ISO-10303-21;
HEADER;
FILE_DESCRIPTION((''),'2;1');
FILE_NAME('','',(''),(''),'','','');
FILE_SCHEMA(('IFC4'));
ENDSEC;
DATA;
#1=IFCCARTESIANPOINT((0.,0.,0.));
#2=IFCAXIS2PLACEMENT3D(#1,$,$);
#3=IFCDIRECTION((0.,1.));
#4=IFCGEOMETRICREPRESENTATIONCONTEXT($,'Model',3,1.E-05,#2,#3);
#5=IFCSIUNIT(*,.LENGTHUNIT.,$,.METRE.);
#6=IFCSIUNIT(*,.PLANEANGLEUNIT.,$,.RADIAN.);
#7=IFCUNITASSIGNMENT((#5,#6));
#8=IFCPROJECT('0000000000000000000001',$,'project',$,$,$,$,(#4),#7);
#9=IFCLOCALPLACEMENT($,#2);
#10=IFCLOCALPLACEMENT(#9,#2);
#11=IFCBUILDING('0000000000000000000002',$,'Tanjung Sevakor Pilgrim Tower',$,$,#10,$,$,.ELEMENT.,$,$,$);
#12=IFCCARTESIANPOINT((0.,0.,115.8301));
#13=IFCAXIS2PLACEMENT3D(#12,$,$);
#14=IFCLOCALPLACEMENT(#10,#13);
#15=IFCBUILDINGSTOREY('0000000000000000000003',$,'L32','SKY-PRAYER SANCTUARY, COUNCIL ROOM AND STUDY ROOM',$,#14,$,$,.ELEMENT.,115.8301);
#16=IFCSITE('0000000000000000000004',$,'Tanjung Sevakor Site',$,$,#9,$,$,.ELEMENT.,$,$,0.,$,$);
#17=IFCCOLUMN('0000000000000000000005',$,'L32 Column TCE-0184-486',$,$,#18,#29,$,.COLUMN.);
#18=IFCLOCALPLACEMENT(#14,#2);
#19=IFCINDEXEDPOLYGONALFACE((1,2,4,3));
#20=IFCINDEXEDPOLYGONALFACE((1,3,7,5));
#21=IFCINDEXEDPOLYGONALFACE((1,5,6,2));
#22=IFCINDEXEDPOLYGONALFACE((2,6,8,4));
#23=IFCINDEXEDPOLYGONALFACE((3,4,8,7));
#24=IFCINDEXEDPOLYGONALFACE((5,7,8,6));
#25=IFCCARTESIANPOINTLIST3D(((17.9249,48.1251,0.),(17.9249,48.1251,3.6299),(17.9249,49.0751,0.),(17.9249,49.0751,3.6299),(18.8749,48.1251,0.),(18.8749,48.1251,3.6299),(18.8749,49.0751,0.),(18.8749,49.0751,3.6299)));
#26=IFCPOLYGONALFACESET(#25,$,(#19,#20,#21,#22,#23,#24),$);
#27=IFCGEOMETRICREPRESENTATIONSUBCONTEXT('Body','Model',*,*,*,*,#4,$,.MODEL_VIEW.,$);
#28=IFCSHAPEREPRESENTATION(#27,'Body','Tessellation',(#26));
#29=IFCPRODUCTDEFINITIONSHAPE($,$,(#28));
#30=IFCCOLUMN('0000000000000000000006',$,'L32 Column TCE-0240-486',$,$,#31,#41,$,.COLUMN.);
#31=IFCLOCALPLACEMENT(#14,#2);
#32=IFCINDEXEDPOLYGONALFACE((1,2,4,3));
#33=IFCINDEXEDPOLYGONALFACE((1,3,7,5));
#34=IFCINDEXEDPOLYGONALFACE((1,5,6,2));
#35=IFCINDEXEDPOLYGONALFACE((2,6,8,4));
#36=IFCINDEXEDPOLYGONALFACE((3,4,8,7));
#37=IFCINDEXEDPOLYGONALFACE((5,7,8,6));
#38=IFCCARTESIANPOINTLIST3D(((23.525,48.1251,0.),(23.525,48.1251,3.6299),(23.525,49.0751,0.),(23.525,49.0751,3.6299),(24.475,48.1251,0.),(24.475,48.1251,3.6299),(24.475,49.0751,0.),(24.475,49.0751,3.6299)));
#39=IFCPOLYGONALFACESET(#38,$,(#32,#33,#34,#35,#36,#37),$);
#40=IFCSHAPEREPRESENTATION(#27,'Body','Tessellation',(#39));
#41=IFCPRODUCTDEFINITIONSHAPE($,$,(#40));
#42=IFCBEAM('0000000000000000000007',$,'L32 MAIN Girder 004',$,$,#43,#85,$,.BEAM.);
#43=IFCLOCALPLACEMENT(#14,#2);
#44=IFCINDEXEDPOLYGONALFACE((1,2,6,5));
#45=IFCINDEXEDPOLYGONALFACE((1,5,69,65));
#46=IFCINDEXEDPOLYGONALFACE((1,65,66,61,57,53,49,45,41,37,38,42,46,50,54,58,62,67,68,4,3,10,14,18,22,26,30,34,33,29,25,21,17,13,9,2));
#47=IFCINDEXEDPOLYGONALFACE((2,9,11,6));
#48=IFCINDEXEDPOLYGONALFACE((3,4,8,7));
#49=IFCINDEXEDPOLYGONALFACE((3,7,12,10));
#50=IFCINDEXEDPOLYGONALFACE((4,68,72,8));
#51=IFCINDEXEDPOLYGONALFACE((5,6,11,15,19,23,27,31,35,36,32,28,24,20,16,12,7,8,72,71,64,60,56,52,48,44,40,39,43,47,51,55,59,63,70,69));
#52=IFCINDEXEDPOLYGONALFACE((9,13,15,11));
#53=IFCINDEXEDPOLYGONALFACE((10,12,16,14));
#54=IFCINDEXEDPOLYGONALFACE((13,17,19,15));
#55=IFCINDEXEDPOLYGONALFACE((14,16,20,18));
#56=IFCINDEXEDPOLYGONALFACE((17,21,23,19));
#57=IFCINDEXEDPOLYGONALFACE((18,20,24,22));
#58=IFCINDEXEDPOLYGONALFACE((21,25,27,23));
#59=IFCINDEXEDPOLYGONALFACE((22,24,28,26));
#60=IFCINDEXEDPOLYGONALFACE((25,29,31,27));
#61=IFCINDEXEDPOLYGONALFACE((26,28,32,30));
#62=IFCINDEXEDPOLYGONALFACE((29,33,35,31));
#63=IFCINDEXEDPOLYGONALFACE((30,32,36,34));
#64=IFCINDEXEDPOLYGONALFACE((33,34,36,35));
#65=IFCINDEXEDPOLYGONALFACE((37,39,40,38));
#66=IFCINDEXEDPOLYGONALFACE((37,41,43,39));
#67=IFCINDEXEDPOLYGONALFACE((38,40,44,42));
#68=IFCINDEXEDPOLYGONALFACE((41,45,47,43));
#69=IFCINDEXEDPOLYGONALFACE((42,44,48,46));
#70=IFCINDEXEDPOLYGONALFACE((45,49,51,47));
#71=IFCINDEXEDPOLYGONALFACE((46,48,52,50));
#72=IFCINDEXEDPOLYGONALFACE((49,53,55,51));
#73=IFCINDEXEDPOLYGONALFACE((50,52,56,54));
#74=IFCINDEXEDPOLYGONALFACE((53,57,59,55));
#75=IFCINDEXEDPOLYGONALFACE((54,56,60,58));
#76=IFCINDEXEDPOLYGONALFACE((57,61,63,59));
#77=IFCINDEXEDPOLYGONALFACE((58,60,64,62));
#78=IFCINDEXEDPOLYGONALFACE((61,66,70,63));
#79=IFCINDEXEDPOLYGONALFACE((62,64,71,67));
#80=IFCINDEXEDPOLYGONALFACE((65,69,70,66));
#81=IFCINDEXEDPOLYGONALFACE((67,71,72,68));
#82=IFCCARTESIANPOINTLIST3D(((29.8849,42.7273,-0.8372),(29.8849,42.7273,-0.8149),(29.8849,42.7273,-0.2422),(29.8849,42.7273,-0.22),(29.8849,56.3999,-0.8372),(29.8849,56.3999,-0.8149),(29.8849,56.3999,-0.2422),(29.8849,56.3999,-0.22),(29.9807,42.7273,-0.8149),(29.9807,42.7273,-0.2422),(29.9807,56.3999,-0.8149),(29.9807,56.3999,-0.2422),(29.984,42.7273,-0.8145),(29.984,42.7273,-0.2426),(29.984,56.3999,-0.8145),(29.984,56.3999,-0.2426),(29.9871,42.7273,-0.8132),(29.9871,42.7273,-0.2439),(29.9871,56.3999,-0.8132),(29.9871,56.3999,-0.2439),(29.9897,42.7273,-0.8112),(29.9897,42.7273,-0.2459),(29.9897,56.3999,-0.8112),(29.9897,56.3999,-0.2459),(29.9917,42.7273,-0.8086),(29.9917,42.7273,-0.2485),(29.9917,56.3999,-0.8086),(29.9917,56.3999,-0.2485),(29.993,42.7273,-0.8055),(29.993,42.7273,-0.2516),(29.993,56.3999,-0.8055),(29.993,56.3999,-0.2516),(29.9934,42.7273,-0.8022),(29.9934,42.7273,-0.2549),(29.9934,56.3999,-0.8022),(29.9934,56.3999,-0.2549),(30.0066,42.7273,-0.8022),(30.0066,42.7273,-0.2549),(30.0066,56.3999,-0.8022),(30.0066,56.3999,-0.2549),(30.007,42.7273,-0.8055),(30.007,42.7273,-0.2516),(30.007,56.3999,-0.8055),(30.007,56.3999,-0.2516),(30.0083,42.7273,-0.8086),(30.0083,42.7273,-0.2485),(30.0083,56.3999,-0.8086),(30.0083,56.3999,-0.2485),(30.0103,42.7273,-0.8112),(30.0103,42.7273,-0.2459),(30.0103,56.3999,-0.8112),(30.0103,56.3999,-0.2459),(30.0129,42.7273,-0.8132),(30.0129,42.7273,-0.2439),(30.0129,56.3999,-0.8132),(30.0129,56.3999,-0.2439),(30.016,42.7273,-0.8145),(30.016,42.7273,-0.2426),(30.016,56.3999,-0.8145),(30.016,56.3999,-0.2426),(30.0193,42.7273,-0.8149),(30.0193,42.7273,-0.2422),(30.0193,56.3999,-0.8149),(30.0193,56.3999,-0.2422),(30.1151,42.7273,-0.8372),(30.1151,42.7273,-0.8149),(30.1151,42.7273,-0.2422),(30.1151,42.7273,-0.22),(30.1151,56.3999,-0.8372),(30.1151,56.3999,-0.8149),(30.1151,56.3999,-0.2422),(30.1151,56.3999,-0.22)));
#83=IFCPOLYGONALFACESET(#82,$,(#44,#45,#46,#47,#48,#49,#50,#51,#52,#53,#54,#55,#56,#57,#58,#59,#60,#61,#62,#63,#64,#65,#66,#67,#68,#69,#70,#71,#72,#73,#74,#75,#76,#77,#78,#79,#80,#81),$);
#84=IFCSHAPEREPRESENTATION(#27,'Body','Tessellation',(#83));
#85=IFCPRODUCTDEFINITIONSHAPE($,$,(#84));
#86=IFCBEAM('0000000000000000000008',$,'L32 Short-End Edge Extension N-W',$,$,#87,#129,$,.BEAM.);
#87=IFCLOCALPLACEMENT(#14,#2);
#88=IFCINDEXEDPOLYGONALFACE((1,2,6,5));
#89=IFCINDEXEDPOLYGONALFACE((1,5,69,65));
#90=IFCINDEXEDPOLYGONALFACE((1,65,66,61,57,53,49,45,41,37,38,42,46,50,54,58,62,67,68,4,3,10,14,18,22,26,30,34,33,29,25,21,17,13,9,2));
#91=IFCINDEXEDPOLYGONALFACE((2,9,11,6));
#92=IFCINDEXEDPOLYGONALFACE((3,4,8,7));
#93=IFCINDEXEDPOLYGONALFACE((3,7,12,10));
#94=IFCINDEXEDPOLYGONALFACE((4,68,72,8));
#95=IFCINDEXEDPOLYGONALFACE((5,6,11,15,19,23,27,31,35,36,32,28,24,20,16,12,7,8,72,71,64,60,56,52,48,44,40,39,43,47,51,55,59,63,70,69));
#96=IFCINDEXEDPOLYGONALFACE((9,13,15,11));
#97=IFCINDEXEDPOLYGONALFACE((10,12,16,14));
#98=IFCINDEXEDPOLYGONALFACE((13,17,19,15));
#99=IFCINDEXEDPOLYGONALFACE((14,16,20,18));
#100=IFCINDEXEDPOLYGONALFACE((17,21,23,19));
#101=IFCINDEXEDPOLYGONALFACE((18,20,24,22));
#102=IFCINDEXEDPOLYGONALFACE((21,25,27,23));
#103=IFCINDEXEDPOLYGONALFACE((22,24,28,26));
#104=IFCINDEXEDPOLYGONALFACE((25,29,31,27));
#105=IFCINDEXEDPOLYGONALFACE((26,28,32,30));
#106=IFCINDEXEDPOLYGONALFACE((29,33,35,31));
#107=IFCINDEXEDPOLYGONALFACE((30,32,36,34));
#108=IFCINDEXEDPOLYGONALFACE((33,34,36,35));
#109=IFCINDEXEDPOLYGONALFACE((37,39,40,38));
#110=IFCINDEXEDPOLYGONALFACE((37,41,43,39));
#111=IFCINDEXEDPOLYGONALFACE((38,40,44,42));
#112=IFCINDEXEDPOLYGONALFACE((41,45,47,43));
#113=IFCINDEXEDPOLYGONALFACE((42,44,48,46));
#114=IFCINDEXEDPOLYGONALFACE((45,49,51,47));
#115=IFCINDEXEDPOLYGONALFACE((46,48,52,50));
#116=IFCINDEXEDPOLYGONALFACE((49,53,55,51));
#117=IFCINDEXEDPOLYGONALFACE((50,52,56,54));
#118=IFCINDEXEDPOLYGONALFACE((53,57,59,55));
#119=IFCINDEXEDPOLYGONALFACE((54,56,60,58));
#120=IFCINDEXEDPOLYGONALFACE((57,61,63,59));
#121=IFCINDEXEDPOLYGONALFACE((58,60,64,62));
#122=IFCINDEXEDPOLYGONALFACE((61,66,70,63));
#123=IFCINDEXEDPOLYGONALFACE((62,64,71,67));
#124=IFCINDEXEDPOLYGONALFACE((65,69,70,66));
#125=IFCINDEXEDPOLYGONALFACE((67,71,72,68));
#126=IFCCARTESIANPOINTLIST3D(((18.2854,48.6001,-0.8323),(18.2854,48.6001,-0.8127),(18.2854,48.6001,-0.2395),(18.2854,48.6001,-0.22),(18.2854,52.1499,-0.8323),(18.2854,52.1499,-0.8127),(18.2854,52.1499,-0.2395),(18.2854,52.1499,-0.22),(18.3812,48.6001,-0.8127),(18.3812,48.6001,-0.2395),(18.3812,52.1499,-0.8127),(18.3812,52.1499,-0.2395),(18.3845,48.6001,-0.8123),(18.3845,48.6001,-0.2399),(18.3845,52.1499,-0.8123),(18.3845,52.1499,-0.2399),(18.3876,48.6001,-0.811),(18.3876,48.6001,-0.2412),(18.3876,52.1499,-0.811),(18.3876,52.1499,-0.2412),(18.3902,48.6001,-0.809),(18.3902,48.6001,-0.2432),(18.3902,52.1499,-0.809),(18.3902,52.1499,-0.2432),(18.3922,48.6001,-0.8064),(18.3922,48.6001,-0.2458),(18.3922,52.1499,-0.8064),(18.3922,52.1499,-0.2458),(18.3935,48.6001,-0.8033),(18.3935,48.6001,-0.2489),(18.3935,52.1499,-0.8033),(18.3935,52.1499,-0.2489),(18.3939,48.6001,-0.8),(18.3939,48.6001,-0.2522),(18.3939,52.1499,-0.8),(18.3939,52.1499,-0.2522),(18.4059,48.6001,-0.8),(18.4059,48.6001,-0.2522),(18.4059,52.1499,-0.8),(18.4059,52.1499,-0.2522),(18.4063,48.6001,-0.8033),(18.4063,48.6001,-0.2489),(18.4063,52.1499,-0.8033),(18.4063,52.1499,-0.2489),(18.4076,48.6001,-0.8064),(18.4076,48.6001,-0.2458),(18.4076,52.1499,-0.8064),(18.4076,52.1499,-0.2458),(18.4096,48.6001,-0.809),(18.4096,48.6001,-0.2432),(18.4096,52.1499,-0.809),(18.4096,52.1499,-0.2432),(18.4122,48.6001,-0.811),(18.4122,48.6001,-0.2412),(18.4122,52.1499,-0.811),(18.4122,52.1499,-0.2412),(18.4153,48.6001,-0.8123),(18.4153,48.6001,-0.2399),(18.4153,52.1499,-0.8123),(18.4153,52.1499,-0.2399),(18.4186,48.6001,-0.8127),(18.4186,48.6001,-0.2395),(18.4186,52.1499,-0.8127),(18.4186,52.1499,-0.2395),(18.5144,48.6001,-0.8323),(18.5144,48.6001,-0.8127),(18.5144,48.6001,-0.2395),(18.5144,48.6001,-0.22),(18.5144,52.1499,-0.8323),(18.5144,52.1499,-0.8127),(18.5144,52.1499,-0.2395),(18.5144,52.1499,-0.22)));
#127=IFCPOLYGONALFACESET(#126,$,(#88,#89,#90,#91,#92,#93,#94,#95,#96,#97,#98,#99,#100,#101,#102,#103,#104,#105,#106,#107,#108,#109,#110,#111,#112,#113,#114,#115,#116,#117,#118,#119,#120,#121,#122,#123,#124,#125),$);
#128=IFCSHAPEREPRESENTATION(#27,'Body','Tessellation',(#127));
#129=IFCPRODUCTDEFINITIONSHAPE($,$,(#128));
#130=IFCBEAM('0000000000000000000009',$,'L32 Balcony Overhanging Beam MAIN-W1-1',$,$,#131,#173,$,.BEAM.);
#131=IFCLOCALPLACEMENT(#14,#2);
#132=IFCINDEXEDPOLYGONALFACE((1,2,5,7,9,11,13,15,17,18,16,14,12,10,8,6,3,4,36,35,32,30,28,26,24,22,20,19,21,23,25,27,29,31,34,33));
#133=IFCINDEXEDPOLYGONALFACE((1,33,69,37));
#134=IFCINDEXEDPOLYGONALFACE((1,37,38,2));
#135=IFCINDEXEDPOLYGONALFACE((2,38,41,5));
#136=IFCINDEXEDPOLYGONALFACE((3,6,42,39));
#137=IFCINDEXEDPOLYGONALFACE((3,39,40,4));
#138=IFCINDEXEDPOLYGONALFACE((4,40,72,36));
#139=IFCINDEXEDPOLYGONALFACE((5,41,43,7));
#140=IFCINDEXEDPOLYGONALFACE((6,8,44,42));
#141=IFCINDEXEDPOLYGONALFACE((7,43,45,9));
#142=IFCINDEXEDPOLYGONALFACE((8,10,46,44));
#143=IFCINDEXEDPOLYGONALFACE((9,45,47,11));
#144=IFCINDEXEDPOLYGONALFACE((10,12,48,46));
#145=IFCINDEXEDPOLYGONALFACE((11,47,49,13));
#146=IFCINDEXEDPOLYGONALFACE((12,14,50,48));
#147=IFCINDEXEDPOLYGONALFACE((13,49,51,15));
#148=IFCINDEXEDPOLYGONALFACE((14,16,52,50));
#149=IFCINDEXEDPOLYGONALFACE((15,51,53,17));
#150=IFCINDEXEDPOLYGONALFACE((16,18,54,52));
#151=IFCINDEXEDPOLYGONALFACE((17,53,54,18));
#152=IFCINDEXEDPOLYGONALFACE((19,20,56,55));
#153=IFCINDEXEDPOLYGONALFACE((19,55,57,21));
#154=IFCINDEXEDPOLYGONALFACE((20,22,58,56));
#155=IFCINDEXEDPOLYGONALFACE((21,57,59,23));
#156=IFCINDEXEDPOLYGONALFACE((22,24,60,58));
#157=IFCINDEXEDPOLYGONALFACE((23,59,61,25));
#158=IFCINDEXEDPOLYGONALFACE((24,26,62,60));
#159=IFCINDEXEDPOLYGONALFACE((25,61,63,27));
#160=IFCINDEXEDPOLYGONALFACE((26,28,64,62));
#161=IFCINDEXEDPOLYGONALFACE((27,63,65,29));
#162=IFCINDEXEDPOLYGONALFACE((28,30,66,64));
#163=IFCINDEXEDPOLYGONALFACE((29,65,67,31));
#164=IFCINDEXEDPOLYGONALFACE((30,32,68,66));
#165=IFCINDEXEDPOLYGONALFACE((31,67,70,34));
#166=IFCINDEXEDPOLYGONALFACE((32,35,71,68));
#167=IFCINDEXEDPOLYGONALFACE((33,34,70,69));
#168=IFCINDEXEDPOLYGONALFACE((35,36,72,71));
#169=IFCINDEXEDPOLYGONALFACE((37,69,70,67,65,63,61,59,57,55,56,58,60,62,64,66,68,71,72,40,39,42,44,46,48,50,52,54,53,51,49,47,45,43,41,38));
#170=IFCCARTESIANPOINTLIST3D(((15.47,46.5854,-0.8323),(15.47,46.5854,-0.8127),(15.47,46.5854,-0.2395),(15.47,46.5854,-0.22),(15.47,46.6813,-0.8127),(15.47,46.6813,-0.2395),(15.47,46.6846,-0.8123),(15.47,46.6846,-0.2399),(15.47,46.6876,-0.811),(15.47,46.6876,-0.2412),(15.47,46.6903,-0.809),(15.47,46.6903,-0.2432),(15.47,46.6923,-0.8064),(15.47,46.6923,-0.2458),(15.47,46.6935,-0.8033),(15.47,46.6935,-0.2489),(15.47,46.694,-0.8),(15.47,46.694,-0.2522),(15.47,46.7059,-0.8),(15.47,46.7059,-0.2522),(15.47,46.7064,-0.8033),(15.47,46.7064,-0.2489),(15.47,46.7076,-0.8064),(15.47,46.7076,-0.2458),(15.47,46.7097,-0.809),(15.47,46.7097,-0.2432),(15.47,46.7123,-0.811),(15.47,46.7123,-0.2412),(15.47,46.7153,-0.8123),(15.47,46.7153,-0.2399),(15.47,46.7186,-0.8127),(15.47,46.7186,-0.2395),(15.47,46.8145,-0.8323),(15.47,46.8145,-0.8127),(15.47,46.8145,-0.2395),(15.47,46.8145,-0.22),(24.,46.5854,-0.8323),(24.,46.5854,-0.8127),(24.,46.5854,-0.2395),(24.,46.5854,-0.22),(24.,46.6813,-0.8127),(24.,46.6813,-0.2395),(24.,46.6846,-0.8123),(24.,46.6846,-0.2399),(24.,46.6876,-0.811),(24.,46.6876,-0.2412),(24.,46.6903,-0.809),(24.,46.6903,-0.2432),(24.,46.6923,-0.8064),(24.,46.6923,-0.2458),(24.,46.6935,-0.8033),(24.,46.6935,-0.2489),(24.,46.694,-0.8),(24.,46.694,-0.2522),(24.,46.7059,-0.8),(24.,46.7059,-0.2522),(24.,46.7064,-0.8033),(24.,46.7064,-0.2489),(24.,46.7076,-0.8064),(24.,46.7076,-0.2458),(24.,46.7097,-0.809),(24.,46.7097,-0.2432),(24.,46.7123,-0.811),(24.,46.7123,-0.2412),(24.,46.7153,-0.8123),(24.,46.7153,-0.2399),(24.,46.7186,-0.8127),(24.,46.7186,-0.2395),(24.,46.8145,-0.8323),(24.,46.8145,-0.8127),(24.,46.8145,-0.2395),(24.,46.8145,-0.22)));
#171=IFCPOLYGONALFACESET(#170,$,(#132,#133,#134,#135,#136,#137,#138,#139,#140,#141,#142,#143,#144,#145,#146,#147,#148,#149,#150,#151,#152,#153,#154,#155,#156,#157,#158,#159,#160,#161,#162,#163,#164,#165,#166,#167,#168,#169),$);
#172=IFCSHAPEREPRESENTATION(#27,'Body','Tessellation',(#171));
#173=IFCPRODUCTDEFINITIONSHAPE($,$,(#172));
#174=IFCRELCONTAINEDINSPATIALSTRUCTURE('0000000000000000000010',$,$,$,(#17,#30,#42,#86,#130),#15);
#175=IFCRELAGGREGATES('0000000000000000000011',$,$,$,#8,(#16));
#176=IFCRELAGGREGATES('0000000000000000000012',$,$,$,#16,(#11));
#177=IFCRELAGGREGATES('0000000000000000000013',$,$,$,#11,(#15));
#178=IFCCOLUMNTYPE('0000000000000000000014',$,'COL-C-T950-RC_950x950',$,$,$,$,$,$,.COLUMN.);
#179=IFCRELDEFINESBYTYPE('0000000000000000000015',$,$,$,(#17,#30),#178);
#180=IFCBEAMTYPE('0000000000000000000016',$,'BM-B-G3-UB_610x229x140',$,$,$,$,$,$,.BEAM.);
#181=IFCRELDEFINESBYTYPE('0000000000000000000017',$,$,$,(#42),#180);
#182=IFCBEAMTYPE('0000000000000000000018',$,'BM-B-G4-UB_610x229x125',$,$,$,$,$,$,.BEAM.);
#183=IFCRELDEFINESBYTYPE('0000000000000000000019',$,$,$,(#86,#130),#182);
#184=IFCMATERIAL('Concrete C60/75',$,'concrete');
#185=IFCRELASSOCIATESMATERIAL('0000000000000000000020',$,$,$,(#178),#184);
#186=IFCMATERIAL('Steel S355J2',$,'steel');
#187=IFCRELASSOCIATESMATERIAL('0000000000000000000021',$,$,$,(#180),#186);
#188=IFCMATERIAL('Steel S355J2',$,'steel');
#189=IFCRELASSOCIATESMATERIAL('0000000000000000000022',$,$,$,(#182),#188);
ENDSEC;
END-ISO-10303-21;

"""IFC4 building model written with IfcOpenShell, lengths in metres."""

from ifc_helpers import new_model, si_unit, direction, frame, origin, origin_2d, place, context, subcontext, project, spatial, rectangle, i_section, extrude, material, material_profile, profile_set, type_object, element, save


model = new_model("IFC4")

# Units and contexts
model_context = context("Model", 3, precision=1e-05, world=origin(), true_north=direction((0.0, 1.0)))
body_context = subcontext(model_context, "Body", "Model", "MODEL_VIEW")
ifc_project = project(units=[si_unit("LENGTHUNIT", "METRE"), si_unit("PLANEANGLEUNIT", "RADIAN")], contexts=[model_context])

# Site, building, storey
site_placement = place(None, origin())
site = spatial("IfcSite", under=ifc_project, at=site_placement, Name="Tanjung Sevakor Site", CompositionType="ELEMENT", RefElevation=0.0)
building_placement = place(site_placement, origin())
building = spatial("IfcBuilding", under=site, at=building_placement, Name="Tanjung Sevakor Pilgrim Tower", CompositionType="ELEMENT")
storey_placement = place(building_placement, frame((0.0, 0.0, 115.8301)))
storey = spatial("IfcBuildingStorey", under=building, at=storey_placement, Name="L32", Description="SKY-PRAYER SANCTUARY, COUNCIL ROOM AND STUDY ROOM", CompositionType="ELEMENT", Elevation=115.8301)

# Columns
ifc_material_1 = material(Name="Concrete C60/75", Category="concrete")
ifc_material_profile_1 = material_profile(ifc_material_1, rectangle(XDim=0.95, YDim=0.95, at=origin_2d()))
ifc_profile_set_1 = profile_set([ifc_material_profile_1], Name="Concrete C60/75")
column_type = type_object("IfcColumnType", Name="COL-C-T950-RC_950x950", PredefinedType="COLUMN", material=ifc_profile_set_1)
for number, where, z_axis, x_axis, name in (
    (1, (18.3999, 48.6001, 0.0), (0.0, 0.0, 1.0), (1.0, 0.0, 0.0), "L32 Column TCE-0184-486"),
    (2, (24.0, 48.6001, 0.0), (0.0, 0.0, 1.0), (1.0, 0.0, 0.0), "L32 Column TCE-0240-486"),
):
    element("IfcColumn", number, at=place(storey_placement, frame(where, z_axis=z_axis, x_axis=x_axis)), inside=storey, type_object=column_type, Name=name, PredefinedType="COLUMN", context=body_context, shape_type="SweptSolid", body=[
        extrude(rectangle(XDim=0.95, YDim=0.95, at=origin_2d()), origin(), (0.0, 0.0, 1.0), 3.6299),
    ])

# Beams
ifc_material_2 = material(Name="Steel S355J2", Category="steel")
ifc_material_profile_2 = material_profile(ifc_material_2, i_section(OverallWidth=0.2302, OverallDepth=0.6172, WebThickness=0.0132, FlangeThickness=0.0222, FilletRadius=0.0127, at=origin_2d()))
ifc_profile_set_2 = profile_set([ifc_material_profile_2], Name="Steel S355J2")
beam_type_1 = type_object("IfcBeamType", Name="BM-B-G3-UB_610x229x140", PredefinedType="BEAM", material=ifc_profile_set_2)
beam_1_placement = place(storey_placement, frame((30.0, 42.7273, -0.5286), z_axis=(0.0, 1.0, 0.0), x_axis=(-1.0, 0.0, 0.0)))
element("IfcBeam", 3, at=beam_1_placement, inside=storey, type_object=beam_type_1, Name="L32 MAIN Girder 004", PredefinedType="BEAM", context=body_context, shape_type="SweptSolid", body=[
    extrude(i_section(OverallWidth=0.2302, OverallDepth=0.6172, WebThickness=0.0132, FlangeThickness=0.0222, FilletRadius=0.0127, at=origin_2d()), origin(), (0.0, 0.0, 1.0), 13.6726),
])
ifc_material_3 = material(Name="Steel S355J2", Category="steel")
ifc_material_profile_3 = material_profile(ifc_material_3, i_section(OverallWidth=0.229, OverallDepth=0.6123, WebThickness=0.012, FlangeThickness=0.0195, FilletRadius=0.0127, at=origin_2d()))
ifc_profile_set_3 = profile_set([ifc_material_profile_3], Name="Steel S355J2")
beam_type_2 = type_object("IfcBeamType", Name="BM-B-G4-UB_610x229x125", PredefinedType="BEAM", material=ifc_profile_set_3)
beam_2_placement = place(storey_placement, frame((18.3999, 48.6001, -0.5261), z_axis=(0.0, 1.0, 0.0), x_axis=(-1.0, 0.0, 0.0)))
element("IfcBeam", 4, at=beam_2_placement, inside=storey, type_object=beam_type_2, Name="L32 Short-End Edge Extension N-W", PredefinedType="BEAM", context=body_context, shape_type="SweptSolid", body=[
    extrude(i_section(OverallWidth=0.229, OverallDepth=0.6123, WebThickness=0.012, FlangeThickness=0.0195, FilletRadius=0.0127, at=origin_2d()), origin(), (0.0, 0.0, 1.0), 3.5498),
])
beam_3_placement = place(storey_placement, frame((24.0, 46.7, -0.5261), z_axis=(-1.0, 0.0, 0.0), x_axis=(0.0, -1.0, 0.0)))
element("IfcBeam", 5, at=beam_3_placement, inside=storey, type_object=beam_type_2, Name="L32 Balcony Overhanging Beam MAIN-W1-1", PredefinedType="BEAM", context=body_context, shape_type="SweptSolid", body=[
    extrude(i_section(OverallWidth=0.229, OverallDepth=0.6123, WebThickness=0.012, FlangeThickness=0.0195, FilletRadius=0.0127, at=origin_2d()), origin(), (0.0, 0.0, 1.0), 8.53),
])

save(model, "model.ifc")
